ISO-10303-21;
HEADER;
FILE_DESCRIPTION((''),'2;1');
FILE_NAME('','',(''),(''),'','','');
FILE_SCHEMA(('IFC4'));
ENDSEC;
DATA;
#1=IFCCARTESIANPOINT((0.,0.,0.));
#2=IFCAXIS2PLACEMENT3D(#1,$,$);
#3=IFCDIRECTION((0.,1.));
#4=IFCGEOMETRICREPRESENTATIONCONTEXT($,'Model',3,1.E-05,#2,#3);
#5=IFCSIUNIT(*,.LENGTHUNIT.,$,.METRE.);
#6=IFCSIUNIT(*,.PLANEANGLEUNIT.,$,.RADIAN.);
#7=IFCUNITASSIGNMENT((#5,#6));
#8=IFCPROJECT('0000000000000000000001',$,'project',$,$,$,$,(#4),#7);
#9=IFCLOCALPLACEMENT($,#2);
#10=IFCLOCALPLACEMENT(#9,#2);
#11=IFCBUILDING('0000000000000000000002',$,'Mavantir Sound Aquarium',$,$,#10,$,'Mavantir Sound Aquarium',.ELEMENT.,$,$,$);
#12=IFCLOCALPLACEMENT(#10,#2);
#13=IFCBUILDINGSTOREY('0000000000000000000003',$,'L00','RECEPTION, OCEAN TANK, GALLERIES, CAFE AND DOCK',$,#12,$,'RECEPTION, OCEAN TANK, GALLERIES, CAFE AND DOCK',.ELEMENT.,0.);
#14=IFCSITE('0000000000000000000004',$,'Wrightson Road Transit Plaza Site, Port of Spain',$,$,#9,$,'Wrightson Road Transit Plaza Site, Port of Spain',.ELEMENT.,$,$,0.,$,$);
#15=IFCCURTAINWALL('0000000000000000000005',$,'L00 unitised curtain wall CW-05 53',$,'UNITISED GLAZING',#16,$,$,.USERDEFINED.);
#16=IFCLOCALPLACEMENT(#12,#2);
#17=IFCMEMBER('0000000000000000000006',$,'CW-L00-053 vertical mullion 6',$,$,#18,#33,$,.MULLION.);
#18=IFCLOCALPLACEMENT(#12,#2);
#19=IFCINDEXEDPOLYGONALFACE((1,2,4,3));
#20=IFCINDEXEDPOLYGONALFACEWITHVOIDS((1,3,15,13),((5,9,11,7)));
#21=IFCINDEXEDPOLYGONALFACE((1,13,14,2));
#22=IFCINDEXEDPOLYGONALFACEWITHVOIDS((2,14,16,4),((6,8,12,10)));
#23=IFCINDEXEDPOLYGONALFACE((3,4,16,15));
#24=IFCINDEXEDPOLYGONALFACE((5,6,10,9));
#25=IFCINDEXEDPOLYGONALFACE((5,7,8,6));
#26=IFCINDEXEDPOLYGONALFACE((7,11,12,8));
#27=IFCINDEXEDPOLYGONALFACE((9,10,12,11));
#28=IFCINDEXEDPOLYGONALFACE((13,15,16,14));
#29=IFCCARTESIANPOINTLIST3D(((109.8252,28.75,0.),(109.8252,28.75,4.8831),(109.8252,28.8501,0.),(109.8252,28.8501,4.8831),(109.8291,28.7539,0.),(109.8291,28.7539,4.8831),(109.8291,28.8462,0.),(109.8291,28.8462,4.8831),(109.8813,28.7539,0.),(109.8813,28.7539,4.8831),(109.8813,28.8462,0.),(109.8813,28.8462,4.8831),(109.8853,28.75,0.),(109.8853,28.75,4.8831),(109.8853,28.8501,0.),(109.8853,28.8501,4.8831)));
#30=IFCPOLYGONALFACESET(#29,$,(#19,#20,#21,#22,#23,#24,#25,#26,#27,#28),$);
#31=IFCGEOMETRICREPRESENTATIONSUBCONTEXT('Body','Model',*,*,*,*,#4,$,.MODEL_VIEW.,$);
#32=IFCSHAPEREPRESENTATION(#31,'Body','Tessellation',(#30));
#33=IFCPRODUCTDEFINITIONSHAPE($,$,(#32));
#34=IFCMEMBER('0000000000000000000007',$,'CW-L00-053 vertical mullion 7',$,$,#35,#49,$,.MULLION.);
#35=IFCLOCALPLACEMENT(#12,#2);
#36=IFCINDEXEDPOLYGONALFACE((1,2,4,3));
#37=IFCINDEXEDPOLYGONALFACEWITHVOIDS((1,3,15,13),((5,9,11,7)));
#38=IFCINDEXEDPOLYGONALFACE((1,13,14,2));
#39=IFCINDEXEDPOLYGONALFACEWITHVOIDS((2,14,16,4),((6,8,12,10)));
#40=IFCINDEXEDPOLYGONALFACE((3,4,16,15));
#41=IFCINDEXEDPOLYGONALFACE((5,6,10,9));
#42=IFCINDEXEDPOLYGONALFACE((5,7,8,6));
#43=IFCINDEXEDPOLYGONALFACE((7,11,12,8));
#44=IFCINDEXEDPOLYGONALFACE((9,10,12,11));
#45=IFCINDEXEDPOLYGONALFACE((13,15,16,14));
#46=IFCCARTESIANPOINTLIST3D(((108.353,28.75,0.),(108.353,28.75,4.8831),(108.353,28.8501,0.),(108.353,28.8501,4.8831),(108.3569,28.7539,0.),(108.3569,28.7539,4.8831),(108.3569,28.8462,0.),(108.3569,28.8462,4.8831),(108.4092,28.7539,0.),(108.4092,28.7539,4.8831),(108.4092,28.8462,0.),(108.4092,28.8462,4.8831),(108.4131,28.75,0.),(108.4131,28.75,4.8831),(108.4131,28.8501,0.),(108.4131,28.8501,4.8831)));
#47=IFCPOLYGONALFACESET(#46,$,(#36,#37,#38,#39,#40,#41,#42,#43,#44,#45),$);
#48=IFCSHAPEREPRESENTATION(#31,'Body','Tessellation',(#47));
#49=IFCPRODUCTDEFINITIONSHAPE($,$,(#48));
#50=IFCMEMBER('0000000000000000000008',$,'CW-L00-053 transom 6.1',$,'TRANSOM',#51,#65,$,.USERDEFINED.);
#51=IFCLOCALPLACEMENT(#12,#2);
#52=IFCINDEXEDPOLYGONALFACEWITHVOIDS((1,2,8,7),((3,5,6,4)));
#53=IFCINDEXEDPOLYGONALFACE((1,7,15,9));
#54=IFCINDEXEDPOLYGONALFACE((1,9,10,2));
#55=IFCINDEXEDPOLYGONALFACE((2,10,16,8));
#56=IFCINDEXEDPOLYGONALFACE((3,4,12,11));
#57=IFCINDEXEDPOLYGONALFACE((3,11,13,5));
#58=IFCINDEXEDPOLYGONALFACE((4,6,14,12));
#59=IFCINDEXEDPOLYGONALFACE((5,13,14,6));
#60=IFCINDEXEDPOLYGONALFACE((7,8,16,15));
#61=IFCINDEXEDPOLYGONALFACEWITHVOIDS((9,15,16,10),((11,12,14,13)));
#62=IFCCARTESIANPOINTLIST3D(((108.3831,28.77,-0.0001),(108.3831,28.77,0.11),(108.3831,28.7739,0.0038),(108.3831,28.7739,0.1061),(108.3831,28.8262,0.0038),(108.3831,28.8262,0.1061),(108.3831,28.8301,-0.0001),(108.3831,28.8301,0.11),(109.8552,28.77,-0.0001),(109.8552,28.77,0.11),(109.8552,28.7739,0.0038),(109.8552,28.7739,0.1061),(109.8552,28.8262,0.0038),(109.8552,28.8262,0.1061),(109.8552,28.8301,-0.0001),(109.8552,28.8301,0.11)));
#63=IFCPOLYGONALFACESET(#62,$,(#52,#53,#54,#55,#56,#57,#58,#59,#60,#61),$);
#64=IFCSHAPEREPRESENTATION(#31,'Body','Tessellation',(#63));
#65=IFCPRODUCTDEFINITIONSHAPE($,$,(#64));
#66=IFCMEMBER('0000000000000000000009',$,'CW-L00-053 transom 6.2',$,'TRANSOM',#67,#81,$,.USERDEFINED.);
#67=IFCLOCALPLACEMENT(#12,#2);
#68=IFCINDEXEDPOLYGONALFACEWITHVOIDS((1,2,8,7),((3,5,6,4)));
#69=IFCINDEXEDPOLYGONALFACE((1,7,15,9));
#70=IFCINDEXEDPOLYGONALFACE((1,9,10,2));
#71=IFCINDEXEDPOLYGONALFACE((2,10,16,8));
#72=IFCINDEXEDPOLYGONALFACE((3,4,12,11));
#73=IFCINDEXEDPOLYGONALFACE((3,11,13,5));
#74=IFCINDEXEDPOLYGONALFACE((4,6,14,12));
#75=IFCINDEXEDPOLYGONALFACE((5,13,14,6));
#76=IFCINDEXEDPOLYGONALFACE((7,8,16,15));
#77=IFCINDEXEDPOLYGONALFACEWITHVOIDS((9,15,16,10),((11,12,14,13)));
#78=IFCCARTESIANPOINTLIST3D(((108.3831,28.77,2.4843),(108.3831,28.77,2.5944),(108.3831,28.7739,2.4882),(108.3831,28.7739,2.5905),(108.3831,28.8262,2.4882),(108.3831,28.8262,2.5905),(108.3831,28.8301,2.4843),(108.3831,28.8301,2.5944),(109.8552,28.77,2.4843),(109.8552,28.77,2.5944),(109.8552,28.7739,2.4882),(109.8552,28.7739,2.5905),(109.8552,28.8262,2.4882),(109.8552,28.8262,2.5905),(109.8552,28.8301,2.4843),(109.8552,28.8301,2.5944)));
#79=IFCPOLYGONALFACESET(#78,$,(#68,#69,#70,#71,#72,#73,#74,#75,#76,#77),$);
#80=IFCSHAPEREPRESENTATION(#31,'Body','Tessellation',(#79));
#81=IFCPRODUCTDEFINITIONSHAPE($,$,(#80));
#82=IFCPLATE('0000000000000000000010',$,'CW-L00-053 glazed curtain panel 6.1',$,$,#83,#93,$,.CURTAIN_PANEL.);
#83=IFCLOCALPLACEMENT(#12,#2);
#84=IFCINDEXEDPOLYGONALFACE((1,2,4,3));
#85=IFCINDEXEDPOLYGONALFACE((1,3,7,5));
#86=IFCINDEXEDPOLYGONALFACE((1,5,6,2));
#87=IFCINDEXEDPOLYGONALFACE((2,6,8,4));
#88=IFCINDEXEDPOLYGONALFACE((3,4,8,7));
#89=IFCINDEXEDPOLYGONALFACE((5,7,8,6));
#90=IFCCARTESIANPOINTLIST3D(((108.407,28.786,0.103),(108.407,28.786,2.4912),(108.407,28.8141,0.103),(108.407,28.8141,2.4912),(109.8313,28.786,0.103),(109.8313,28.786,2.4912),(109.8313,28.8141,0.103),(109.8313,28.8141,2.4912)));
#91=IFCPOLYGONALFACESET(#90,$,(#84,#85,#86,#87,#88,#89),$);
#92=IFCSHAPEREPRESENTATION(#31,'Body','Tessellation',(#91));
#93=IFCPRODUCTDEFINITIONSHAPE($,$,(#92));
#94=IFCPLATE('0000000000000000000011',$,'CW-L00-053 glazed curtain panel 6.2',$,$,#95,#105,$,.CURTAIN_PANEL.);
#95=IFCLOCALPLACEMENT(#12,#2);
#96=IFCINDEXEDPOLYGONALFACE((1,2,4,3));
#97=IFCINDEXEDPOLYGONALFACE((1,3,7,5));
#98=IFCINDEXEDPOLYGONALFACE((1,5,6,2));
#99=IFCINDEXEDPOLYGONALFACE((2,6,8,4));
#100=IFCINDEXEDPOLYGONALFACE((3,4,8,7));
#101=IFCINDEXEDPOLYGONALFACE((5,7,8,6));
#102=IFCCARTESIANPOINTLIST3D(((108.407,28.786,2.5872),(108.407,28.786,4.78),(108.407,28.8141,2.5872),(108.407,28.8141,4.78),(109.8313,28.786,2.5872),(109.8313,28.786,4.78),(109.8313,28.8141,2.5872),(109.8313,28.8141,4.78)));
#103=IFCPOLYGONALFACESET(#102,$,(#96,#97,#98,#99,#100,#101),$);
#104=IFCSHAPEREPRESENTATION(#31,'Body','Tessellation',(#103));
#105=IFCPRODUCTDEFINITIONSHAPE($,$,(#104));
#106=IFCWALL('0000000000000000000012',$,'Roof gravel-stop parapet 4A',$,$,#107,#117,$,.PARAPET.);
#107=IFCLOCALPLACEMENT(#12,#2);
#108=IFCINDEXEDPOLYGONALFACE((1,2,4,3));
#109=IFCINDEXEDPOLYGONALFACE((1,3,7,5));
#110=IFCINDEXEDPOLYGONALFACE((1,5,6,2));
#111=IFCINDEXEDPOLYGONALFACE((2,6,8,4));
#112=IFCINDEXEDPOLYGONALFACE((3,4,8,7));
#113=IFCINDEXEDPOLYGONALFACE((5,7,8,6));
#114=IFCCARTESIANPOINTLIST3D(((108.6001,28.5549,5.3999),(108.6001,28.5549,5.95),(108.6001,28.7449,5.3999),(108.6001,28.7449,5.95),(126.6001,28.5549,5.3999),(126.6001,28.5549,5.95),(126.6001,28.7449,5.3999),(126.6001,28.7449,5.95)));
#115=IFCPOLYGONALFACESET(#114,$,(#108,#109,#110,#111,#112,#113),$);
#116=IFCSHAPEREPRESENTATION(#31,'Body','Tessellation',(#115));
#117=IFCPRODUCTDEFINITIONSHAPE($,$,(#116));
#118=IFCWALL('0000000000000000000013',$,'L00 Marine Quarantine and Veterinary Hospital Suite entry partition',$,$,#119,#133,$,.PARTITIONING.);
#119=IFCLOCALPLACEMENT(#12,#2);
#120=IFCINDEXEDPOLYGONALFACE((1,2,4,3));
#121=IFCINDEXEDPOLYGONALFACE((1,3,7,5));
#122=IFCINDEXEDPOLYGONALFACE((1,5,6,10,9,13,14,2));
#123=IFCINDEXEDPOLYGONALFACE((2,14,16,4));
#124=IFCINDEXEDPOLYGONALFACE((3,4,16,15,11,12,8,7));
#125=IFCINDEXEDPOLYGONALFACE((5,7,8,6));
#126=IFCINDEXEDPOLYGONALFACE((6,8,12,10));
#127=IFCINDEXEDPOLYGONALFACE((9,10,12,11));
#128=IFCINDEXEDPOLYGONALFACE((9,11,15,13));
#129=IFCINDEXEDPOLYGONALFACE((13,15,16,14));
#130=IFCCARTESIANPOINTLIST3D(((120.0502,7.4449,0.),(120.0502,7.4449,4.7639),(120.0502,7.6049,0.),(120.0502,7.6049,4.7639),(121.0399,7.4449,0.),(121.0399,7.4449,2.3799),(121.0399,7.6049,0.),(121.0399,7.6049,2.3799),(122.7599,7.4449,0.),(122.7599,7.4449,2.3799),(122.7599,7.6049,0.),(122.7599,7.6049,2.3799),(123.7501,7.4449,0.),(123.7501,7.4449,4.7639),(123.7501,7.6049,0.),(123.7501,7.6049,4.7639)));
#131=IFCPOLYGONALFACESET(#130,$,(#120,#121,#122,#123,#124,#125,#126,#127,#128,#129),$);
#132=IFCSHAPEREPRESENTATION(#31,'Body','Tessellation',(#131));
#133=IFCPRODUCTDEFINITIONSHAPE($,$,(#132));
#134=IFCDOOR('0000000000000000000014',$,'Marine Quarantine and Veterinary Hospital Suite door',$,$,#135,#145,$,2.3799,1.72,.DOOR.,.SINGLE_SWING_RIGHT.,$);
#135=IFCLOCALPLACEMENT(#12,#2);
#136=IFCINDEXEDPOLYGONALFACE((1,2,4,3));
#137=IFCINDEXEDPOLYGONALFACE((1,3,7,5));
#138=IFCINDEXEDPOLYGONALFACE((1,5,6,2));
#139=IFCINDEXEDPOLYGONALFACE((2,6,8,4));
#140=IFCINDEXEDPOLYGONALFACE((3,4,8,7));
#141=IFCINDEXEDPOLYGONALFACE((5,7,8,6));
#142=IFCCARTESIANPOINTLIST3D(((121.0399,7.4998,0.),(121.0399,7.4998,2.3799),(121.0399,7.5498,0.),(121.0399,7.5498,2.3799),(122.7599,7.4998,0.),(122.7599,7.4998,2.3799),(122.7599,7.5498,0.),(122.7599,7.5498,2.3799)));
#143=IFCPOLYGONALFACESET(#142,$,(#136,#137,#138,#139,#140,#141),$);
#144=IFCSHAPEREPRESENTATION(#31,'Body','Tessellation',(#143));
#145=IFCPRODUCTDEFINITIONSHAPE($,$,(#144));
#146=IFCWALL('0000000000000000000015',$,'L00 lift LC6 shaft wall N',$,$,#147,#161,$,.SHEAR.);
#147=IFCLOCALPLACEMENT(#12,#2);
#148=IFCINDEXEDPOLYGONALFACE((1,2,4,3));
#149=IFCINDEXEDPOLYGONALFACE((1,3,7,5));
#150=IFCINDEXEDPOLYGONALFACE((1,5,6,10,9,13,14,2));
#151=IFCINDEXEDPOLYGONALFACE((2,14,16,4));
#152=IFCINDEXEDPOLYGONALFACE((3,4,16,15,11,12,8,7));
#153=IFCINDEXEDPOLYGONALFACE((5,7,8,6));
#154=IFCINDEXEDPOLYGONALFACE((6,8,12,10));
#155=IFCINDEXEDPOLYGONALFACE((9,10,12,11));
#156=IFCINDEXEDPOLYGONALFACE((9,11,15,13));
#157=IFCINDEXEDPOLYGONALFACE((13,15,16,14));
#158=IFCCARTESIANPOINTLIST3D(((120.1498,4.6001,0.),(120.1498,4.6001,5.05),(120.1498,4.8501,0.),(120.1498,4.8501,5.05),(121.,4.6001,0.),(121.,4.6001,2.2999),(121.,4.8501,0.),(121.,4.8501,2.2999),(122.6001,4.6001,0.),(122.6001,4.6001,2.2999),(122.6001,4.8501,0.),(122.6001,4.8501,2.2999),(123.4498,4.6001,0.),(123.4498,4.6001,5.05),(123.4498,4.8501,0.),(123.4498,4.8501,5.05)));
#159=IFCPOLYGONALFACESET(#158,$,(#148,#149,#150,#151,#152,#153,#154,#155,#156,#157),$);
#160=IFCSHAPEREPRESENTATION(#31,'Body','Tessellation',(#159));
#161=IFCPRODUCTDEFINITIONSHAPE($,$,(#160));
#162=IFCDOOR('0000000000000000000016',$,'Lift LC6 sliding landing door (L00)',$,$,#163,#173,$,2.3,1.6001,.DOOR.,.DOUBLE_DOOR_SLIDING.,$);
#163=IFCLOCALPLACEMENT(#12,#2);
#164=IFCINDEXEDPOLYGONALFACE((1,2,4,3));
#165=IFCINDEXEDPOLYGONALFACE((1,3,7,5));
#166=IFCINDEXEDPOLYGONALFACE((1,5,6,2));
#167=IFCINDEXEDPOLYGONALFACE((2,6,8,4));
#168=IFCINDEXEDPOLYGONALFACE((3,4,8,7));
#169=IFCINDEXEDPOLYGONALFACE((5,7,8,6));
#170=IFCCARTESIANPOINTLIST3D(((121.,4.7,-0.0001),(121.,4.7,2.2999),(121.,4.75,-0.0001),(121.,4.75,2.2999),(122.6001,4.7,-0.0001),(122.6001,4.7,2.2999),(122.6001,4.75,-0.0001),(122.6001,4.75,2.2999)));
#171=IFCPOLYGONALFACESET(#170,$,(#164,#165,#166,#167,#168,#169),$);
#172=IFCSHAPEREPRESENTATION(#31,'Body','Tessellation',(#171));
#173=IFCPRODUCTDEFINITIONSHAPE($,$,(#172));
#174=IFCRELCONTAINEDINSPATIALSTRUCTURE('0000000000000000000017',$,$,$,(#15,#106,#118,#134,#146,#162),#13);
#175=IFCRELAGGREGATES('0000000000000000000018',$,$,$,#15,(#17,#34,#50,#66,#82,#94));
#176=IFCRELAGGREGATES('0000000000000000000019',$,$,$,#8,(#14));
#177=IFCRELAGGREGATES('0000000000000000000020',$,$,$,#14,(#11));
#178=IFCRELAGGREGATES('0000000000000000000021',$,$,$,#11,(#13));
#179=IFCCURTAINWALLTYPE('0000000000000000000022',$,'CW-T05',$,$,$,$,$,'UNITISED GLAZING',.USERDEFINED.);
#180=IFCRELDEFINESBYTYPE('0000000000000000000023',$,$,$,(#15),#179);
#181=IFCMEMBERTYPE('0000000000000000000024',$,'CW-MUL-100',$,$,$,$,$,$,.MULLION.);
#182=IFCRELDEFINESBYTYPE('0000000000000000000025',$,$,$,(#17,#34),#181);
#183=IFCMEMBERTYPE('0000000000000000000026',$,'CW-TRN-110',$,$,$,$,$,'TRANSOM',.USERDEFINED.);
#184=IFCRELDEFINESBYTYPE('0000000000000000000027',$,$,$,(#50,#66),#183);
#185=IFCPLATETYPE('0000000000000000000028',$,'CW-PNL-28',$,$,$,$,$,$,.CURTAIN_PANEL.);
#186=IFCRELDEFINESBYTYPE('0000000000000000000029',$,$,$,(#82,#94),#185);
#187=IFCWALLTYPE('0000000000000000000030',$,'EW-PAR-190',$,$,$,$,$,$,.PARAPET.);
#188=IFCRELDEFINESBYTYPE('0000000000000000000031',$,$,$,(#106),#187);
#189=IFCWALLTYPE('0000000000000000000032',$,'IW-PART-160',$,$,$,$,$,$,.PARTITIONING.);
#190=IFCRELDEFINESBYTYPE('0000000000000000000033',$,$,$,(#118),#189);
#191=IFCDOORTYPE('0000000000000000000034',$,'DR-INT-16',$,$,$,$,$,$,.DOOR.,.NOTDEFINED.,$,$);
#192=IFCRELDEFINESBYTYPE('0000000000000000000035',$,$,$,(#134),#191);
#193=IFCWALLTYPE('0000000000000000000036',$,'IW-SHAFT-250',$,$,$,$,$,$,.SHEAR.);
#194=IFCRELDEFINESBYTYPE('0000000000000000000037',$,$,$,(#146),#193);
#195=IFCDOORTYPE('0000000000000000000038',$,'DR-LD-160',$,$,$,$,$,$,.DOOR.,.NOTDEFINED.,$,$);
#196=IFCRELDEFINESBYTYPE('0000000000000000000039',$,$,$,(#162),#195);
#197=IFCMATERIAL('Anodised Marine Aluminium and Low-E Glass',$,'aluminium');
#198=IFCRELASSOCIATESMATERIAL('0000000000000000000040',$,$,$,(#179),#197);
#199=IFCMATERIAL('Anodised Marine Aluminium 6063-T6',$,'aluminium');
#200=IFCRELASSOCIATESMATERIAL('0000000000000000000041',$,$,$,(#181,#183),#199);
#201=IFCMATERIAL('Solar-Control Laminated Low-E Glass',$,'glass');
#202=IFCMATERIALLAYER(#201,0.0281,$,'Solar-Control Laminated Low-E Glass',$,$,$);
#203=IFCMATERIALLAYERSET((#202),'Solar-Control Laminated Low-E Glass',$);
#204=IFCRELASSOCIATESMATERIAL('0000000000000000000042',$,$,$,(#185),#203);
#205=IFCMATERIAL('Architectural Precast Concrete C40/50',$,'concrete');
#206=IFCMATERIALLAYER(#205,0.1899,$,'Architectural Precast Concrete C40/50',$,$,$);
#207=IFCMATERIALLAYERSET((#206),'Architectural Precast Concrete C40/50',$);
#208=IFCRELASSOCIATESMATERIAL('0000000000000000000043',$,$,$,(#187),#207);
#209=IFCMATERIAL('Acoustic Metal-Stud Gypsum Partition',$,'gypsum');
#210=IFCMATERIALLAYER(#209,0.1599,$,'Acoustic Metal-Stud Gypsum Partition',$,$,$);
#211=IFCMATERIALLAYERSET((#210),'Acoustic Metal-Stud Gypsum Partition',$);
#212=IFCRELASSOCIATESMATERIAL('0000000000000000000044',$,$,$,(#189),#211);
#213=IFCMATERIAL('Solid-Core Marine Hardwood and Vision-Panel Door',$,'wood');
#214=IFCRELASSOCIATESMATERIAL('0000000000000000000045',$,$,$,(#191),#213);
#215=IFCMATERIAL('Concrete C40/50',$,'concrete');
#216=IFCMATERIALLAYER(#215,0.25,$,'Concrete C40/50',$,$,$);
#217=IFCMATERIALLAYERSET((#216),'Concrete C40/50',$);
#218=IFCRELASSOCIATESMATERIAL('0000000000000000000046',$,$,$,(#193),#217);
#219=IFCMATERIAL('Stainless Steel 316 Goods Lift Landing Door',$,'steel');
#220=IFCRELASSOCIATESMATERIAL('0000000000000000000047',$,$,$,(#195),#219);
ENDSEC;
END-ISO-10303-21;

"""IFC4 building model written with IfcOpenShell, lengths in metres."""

from ifc_helpers import new_model, si_unit, direction, frame, frame_2d, origin, origin_2d, place, context, subcontext, project, spatial, rectangle, hollow_rectangle, extrude, material, layer, layer_set, material_profile, profile_set, type_object, element, fill, aggregate, save


model = new_model("IFC4")

# Units and contexts
model_context = context("Model", 3, precision=1e-05, world=origin(), true_north=direction((0.0, 1.0)))
body_context = subcontext(model_context, "Body", "Model", "MODEL_VIEW")
ifc_project = project(units=[si_unit("LENGTHUNIT", "METRE"), si_unit("PLANEANGLEUNIT", "RADIAN")], contexts=[model_context])

# Site, building, storey
site_placement = place(None, origin())
site = spatial("IfcSite", under=ifc_project, at=site_placement, Name="Wrightson Road Transit Plaza Site, Port of Spain", LongName="Wrightson Road Transit Plaza Site, Port of Spain", CompositionType="ELEMENT", RefElevation=0.0)
building_placement = place(site_placement, origin())
building = spatial("IfcBuilding", under=site, at=building_placement, Name="Mavantir Sound Aquarium", LongName="Mavantir Sound Aquarium", CompositionType="ELEMENT")
storey_placement = place(building_placement, origin())
storey = spatial("IfcBuildingStorey", under=building, at=storey_placement, Name="L00", Description="RECEPTION, OCEAN TANK, GALLERIES, CAFE AND DOCK", LongName="RECEPTION, OCEAN TANK, GALLERIES, CAFE AND DOCK", CompositionType="ELEMENT", Elevation=0.0)

# Shared definitions
ifc_material_1 = material(Name="Concrete C40/50", Category="concrete")

# Curtain wall, members, plates
ifc_material_2 = material(Name="Anodised Marine Aluminium and Low-E Glass", Category="aluminium")
curtain_wall_type = type_object("IfcCurtainWallType", Name="CW-T05", ElementType="UNITISED GLAZING", PredefinedType="USERDEFINED", material=ifc_material_2)
curtain_wall_placement = place(storey_placement, origin())
curtain_wall = element("IfcCurtainWall", 1, at=curtain_wall_placement, inside=storey, type_object=curtain_wall_type, Name="L00 unitised curtain wall CW-05 53", ObjectType="UNITISED GLAZING", PredefinedType="USERDEFINED")
ifc_material_3 = material(Name="Anodised Marine Aluminium 6063-T6", Category="aluminium")
ifc_material_profile_1 = material_profile(ifc_material_3, hollow_rectangle(XDim=0.0601, YDim=0.1001, WallThickness=0.0039, at=origin_2d()), Name="ALU-MULLION-100X60")
ifc_profile_set_1 = profile_set([ifc_material_profile_1], Name="Anodised Marine Aluminium 6063-T6")
member_type_1 = type_object("IfcMemberType", Name="CW-MUL-100", PredefinedType="MULLION", material=ifc_profile_set_1)
member_1_placement = place(storey_placement, frame((109.8552, 28.8, 0.0), z_axis=(0.0, 0.0, 1.0), x_axis=(1.0, 0.0, 0.0)))
member_1 = element("IfcMember", 2, at=member_1_placement, type_object=member_type_1, Name="CW-L00-053 vertical mullion 6", PredefinedType="MULLION", context=body_context, shape_type="SweptSolid", body=[
    extrude(hollow_rectangle(XDim=0.0601, YDim=0.1001, WallThickness=0.0039, at=origin_2d()), origin(), (0.0, 0.0, 1.0), 4.8831),
])
member_2_placement = place(storey_placement, frame((108.3831, 28.8, 0.0), z_axis=(0.0, 0.0, 1.0), x_axis=(1.0, 0.0, 0.0)))
member_2 = element("IfcMember", 3, at=member_2_placement, type_object=member_type_1, Name="CW-L00-053 vertical mullion 7", PredefinedType="MULLION", context=body_context, shape_type="SweptSolid", body=[
    extrude(hollow_rectangle(XDim=0.0601, YDim=0.1001, WallThickness=0.0039, at=origin_2d()), origin(), (0.0, 0.0, 1.0), 4.8831),
])
ifc_material_profile_2 = material_profile(ifc_material_3, hollow_rectangle(XDim=0.0601, YDim=0.1101, WallThickness=0.0039, at=origin_2d()), Name="ALU-TRANSOM-110X60")
ifc_profile_set_2 = profile_set([ifc_material_profile_2], Name="Anodised Marine Aluminium 6063-T6")
member_type_2 = type_object("IfcMemberType", Name="CW-TRN-110", ElementType="TRANSOM", PredefinedType="USERDEFINED", material=ifc_profile_set_2)
member_3_placement = place(storey_placement, frame((109.8552, 28.8, 0.0549), z_axis=(-1.0, 0.0, 0.0), x_axis=(0.0, -1.0, 0.0)))
member_3 = element("IfcMember", 4, at=member_3_placement, type_object=member_type_2, Name="CW-L00-053 transom 6.1", ObjectType="TRANSOM", PredefinedType="USERDEFINED", context=body_context, shape_type="SweptSolid", body=[
    extrude(hollow_rectangle(XDim=0.0601, YDim=0.1101, WallThickness=0.0039, at=origin_2d()), origin(), (0.0, 0.0, 1.0), 1.4722),
])
member_4_placement = place(storey_placement, frame((109.8552, 28.8, 2.5393), z_axis=(-1.0, 0.0, 0.0), x_axis=(0.0, -1.0, 0.0)))
member_4 = element("IfcMember", 5, at=member_4_placement, type_object=member_type_2, Name="CW-L00-053 transom 6.2", ObjectType="TRANSOM", PredefinedType="USERDEFINED", context=body_context, shape_type="SweptSolid", body=[
    extrude(hollow_rectangle(XDim=0.0601, YDim=0.1101, WallThickness=0.0039, at=origin_2d()), origin(), (0.0, 0.0, 1.0), 1.4722),
])
ifc_material_4 = material(Name="Solar-Control Laminated Low-E Glass", Category="glass")
ifc_layer_1 = layer(ifc_material_4, 0.0281, Name="Solar-Control Laminated Low-E Glass")
ifc_layer_set_1 = layer_set([ifc_layer_1], Name="Solar-Control Laminated Low-E Glass")
plate_type = type_object("IfcPlateType", Name="CW-PNL-28", PredefinedType="CURTAIN_PANEL", material=ifc_layer_set_1)
plate_1_placement = place(storey_placement, frame((109.1191, 28.8, 0.103), z_axis=(0.0, 0.0, 1.0), x_axis=(-1.0, 0.0, 0.0)))
plate_1 = element("IfcPlate", 6, at=plate_1_placement, type_object=plate_type, Name="CW-L00-053 glazed curtain panel 6.1", PredefinedType="CURTAIN_PANEL", context=body_context, shape_type="SweptSolid", body=[
    extrude(rectangle(XDim=1.4243, YDim=0.0281, at=origin_2d()), origin(), (0.0, 0.0, 1.0), 2.3882),
])
plate_2_placement = place(storey_placement, frame((109.1191, 28.8, 2.5872), z_axis=(0.0, 0.0, 1.0), x_axis=(-1.0, 0.0, 0.0)))
plate_2 = element("IfcPlate", 7, at=plate_2_placement, type_object=plate_type, Name="CW-L00-053 glazed curtain panel 6.2", PredefinedType="CURTAIN_PANEL", context=body_context, shape_type="SweptSolid", body=[
    extrude(rectangle(XDim=1.4243, YDim=0.0281, at=origin_2d()), origin(), (0.0, 0.0, 1.0), 2.1929),
])
aggregate(curtain_wall, [member_1, member_2, member_3, member_4, plate_1, plate_2])

# Wall
ifc_material_5 = material(Name="Architectural Precast Concrete C40/50", Category="concrete")
ifc_layer_2 = layer(ifc_material_5, 0.1899, Name="Architectural Precast Concrete C40/50")
ifc_layer_set_2 = layer_set([ifc_layer_2], Name="Architectural Precast Concrete C40/50")
wall_type_1 = type_object("IfcWallType", Name="EW-PAR-190", PredefinedType="PARAPET", material=ifc_layer_set_2)
wall_1_placement = place(storey_placement, frame((108.6001, 28.6499, 5.3999), z_axis=(0.0, 0.0, 1.0), x_axis=(1.0, 0.0, 0.0)))
element("IfcWall", 8, at=wall_1_placement, inside=storey, type_object=wall_type_1, Name="Roof gravel-stop parapet 4A", PredefinedType="PARAPET", context=body_context, shape_type="SweptSolid", body=[
    extrude(rectangle(XDim=18.0, YDim=0.1899, at=frame_2d((9.0, 0.0))), origin(), (0.0, 0.0, 1.0), 0.55),
])

# Walls, openings, doors
ifc_material_6 = material(Name="Acoustic Metal-Stud Gypsum Partition", Category="gypsum")
ifc_layer_3 = layer(ifc_material_6, 0.1599, Name="Acoustic Metal-Stud Gypsum Partition")
ifc_layer_set_3 = layer_set([ifc_layer_3], Name="Acoustic Metal-Stud Gypsum Partition")
wall_type_2 = type_object("IfcWallType", Name="IW-PART-160", PredefinedType="PARTITIONING", material=ifc_layer_set_3)
wall_2_placement = place(storey_placement, frame((120.05, 7.5249, 0.0), z_axis=(0.0, 0.0, 1.0), x_axis=(1.0, 0.0, 0.0)))
wall_2 = element("IfcWall", 9, at=wall_2_placement, inside=storey, type_object=wall_type_2, Name="L00 Marine Quarantine and Veterinary Hospital Suite entry partition", PredefinedType="PARTITIONING", context=body_context, shape_type="SweptSolid", body=[
    extrude(rectangle(XDim=3.7, YDim=0.1599, at=frame_2d((1.8501, 0.0))), origin(), (0.0, 0.0, 1.0), 4.7639),
])
opening_1_placement = place(wall_2_placement, frame((0.99, 0.0, 0.0)))
opening_1 = element("IfcOpeningElement", 10, at=opening_1_placement, cuts=wall_2, PredefinedType="OPENING", context=body_context, shape_type="SweptSolid", body=[
    extrude(rectangle(XDim=1.72, YDim=2.3799, at=frame_2d((0.8599, 1.1899))), frame((0.0, 0.0898, 0.0), z_axis=(0.0, -1.0, 0.0), x_axis=(1.0, 0.0, 0.0)), (0.0, 0.0, 1.0), 0.1799),
])
ifc_material_7 = material(Name="Solid-Core Marine Hardwood and Vision-Panel Door", Category="wood")
door_type_1 = type_object("IfcDoorType", Name="DR-INT-16", OperationType="NOTDEFINED", PredefinedType="DOOR", material=ifc_material_7)
door_1_placement = place(opening_1_placement, origin())
door_1 = element("IfcDoor", 11, at=door_1_placement, inside=storey, type_object=door_type_1, Name="Marine Quarantine and Veterinary Hospital Suite door", OperationType="SINGLE_SWING_RIGHT", OverallHeight=2.3799, OverallWidth=1.72, PredefinedType="DOOR", context=body_context, shape_type="SweptSolid", body=[
    extrude(rectangle(XDim=1.72, YDim=2.3799, at=frame_2d((0.8599, 1.1899))), frame((0.0, 0.0249, 0.0), z_axis=(0.0, -1.0, 0.0), x_axis=(1.0, 0.0, 0.0)), (0.0, 0.0, 1.0), 0.05),
])
fill(opening_1, door_1)
ifc_layer_4 = layer(ifc_material_1, 0.25, Name="Concrete C40/50")
ifc_layer_set_4 = layer_set([ifc_layer_4], Name="Concrete C40/50")
wall_type_3 = type_object("IfcWallType", Name="IW-SHAFT-250", PredefinedType="SHEAR", material=ifc_layer_set_4)
wall_3_placement = place(storey_placement, frame((120.1499, 4.7251, 0.0), z_axis=(0.0, 0.0, 1.0), x_axis=(1.0, 0.0, 0.0)))
wall_3 = element("IfcWall", 12, at=wall_3_placement, inside=storey, type_object=wall_type_3, Name="L00 lift LC6 shaft wall N", PredefinedType="SHEAR", context=body_context, shape_type="SweptSolid", body=[
    extrude(rectangle(XDim=3.3, YDim=0.25, at=frame_2d((1.6499, 0.0))), origin(), (0.0, 0.0, 1.0), 5.05),
])
opening_2_placement = place(wall_3_placement, frame((0.8501, 0.0, 0.0)))
opening_2 = element("IfcOpeningElement", 13, at=opening_2_placement, cuts=wall_3, PredefinedType="OPENING", context=body_context, shape_type="SweptSolid", body=[
    extrude(rectangle(XDim=1.6001, YDim=2.3, at=frame_2d((0.8, 1.1499))), frame((0.0, 0.135, 0.0), z_axis=(0.0, -1.0, 0.0), x_axis=(1.0, 0.0, 0.0)), (0.0, 0.0, 1.0), 0.27),
])
ifc_material_8 = material(Name="Stainless Steel 316 Goods Lift Landing Door", Category="steel")
door_type_2 = type_object("IfcDoorType", Name="DR-LD-160", OperationType="NOTDEFINED", PredefinedType="DOOR", material=ifc_material_8)
door_2_placement = place(opening_2_placement, origin())
door_2 = element("IfcDoor", 14, at=door_2_placement, inside=storey, type_object=door_type_2, Name="Lift LC6 sliding landing door (L00)", OperationType="DOUBLE_DOOR_SLIDING", OverallHeight=2.3, OverallWidth=1.6001, PredefinedType="DOOR", context=body_context, shape_type="SweptSolid", body=[
    extrude(rectangle(XDim=1.6001, YDim=2.3, at=frame_2d((0.8, 1.1499))), frame((0.0, 0.0249, 0.0), z_axis=(0.0, -1.0, 0.0), x_axis=(1.0, 0.0, 0.0)), (0.0, 0.0, 1.0), 0.05),
])
fill(opening_2, door_2)

save(model, "model.ifc")
